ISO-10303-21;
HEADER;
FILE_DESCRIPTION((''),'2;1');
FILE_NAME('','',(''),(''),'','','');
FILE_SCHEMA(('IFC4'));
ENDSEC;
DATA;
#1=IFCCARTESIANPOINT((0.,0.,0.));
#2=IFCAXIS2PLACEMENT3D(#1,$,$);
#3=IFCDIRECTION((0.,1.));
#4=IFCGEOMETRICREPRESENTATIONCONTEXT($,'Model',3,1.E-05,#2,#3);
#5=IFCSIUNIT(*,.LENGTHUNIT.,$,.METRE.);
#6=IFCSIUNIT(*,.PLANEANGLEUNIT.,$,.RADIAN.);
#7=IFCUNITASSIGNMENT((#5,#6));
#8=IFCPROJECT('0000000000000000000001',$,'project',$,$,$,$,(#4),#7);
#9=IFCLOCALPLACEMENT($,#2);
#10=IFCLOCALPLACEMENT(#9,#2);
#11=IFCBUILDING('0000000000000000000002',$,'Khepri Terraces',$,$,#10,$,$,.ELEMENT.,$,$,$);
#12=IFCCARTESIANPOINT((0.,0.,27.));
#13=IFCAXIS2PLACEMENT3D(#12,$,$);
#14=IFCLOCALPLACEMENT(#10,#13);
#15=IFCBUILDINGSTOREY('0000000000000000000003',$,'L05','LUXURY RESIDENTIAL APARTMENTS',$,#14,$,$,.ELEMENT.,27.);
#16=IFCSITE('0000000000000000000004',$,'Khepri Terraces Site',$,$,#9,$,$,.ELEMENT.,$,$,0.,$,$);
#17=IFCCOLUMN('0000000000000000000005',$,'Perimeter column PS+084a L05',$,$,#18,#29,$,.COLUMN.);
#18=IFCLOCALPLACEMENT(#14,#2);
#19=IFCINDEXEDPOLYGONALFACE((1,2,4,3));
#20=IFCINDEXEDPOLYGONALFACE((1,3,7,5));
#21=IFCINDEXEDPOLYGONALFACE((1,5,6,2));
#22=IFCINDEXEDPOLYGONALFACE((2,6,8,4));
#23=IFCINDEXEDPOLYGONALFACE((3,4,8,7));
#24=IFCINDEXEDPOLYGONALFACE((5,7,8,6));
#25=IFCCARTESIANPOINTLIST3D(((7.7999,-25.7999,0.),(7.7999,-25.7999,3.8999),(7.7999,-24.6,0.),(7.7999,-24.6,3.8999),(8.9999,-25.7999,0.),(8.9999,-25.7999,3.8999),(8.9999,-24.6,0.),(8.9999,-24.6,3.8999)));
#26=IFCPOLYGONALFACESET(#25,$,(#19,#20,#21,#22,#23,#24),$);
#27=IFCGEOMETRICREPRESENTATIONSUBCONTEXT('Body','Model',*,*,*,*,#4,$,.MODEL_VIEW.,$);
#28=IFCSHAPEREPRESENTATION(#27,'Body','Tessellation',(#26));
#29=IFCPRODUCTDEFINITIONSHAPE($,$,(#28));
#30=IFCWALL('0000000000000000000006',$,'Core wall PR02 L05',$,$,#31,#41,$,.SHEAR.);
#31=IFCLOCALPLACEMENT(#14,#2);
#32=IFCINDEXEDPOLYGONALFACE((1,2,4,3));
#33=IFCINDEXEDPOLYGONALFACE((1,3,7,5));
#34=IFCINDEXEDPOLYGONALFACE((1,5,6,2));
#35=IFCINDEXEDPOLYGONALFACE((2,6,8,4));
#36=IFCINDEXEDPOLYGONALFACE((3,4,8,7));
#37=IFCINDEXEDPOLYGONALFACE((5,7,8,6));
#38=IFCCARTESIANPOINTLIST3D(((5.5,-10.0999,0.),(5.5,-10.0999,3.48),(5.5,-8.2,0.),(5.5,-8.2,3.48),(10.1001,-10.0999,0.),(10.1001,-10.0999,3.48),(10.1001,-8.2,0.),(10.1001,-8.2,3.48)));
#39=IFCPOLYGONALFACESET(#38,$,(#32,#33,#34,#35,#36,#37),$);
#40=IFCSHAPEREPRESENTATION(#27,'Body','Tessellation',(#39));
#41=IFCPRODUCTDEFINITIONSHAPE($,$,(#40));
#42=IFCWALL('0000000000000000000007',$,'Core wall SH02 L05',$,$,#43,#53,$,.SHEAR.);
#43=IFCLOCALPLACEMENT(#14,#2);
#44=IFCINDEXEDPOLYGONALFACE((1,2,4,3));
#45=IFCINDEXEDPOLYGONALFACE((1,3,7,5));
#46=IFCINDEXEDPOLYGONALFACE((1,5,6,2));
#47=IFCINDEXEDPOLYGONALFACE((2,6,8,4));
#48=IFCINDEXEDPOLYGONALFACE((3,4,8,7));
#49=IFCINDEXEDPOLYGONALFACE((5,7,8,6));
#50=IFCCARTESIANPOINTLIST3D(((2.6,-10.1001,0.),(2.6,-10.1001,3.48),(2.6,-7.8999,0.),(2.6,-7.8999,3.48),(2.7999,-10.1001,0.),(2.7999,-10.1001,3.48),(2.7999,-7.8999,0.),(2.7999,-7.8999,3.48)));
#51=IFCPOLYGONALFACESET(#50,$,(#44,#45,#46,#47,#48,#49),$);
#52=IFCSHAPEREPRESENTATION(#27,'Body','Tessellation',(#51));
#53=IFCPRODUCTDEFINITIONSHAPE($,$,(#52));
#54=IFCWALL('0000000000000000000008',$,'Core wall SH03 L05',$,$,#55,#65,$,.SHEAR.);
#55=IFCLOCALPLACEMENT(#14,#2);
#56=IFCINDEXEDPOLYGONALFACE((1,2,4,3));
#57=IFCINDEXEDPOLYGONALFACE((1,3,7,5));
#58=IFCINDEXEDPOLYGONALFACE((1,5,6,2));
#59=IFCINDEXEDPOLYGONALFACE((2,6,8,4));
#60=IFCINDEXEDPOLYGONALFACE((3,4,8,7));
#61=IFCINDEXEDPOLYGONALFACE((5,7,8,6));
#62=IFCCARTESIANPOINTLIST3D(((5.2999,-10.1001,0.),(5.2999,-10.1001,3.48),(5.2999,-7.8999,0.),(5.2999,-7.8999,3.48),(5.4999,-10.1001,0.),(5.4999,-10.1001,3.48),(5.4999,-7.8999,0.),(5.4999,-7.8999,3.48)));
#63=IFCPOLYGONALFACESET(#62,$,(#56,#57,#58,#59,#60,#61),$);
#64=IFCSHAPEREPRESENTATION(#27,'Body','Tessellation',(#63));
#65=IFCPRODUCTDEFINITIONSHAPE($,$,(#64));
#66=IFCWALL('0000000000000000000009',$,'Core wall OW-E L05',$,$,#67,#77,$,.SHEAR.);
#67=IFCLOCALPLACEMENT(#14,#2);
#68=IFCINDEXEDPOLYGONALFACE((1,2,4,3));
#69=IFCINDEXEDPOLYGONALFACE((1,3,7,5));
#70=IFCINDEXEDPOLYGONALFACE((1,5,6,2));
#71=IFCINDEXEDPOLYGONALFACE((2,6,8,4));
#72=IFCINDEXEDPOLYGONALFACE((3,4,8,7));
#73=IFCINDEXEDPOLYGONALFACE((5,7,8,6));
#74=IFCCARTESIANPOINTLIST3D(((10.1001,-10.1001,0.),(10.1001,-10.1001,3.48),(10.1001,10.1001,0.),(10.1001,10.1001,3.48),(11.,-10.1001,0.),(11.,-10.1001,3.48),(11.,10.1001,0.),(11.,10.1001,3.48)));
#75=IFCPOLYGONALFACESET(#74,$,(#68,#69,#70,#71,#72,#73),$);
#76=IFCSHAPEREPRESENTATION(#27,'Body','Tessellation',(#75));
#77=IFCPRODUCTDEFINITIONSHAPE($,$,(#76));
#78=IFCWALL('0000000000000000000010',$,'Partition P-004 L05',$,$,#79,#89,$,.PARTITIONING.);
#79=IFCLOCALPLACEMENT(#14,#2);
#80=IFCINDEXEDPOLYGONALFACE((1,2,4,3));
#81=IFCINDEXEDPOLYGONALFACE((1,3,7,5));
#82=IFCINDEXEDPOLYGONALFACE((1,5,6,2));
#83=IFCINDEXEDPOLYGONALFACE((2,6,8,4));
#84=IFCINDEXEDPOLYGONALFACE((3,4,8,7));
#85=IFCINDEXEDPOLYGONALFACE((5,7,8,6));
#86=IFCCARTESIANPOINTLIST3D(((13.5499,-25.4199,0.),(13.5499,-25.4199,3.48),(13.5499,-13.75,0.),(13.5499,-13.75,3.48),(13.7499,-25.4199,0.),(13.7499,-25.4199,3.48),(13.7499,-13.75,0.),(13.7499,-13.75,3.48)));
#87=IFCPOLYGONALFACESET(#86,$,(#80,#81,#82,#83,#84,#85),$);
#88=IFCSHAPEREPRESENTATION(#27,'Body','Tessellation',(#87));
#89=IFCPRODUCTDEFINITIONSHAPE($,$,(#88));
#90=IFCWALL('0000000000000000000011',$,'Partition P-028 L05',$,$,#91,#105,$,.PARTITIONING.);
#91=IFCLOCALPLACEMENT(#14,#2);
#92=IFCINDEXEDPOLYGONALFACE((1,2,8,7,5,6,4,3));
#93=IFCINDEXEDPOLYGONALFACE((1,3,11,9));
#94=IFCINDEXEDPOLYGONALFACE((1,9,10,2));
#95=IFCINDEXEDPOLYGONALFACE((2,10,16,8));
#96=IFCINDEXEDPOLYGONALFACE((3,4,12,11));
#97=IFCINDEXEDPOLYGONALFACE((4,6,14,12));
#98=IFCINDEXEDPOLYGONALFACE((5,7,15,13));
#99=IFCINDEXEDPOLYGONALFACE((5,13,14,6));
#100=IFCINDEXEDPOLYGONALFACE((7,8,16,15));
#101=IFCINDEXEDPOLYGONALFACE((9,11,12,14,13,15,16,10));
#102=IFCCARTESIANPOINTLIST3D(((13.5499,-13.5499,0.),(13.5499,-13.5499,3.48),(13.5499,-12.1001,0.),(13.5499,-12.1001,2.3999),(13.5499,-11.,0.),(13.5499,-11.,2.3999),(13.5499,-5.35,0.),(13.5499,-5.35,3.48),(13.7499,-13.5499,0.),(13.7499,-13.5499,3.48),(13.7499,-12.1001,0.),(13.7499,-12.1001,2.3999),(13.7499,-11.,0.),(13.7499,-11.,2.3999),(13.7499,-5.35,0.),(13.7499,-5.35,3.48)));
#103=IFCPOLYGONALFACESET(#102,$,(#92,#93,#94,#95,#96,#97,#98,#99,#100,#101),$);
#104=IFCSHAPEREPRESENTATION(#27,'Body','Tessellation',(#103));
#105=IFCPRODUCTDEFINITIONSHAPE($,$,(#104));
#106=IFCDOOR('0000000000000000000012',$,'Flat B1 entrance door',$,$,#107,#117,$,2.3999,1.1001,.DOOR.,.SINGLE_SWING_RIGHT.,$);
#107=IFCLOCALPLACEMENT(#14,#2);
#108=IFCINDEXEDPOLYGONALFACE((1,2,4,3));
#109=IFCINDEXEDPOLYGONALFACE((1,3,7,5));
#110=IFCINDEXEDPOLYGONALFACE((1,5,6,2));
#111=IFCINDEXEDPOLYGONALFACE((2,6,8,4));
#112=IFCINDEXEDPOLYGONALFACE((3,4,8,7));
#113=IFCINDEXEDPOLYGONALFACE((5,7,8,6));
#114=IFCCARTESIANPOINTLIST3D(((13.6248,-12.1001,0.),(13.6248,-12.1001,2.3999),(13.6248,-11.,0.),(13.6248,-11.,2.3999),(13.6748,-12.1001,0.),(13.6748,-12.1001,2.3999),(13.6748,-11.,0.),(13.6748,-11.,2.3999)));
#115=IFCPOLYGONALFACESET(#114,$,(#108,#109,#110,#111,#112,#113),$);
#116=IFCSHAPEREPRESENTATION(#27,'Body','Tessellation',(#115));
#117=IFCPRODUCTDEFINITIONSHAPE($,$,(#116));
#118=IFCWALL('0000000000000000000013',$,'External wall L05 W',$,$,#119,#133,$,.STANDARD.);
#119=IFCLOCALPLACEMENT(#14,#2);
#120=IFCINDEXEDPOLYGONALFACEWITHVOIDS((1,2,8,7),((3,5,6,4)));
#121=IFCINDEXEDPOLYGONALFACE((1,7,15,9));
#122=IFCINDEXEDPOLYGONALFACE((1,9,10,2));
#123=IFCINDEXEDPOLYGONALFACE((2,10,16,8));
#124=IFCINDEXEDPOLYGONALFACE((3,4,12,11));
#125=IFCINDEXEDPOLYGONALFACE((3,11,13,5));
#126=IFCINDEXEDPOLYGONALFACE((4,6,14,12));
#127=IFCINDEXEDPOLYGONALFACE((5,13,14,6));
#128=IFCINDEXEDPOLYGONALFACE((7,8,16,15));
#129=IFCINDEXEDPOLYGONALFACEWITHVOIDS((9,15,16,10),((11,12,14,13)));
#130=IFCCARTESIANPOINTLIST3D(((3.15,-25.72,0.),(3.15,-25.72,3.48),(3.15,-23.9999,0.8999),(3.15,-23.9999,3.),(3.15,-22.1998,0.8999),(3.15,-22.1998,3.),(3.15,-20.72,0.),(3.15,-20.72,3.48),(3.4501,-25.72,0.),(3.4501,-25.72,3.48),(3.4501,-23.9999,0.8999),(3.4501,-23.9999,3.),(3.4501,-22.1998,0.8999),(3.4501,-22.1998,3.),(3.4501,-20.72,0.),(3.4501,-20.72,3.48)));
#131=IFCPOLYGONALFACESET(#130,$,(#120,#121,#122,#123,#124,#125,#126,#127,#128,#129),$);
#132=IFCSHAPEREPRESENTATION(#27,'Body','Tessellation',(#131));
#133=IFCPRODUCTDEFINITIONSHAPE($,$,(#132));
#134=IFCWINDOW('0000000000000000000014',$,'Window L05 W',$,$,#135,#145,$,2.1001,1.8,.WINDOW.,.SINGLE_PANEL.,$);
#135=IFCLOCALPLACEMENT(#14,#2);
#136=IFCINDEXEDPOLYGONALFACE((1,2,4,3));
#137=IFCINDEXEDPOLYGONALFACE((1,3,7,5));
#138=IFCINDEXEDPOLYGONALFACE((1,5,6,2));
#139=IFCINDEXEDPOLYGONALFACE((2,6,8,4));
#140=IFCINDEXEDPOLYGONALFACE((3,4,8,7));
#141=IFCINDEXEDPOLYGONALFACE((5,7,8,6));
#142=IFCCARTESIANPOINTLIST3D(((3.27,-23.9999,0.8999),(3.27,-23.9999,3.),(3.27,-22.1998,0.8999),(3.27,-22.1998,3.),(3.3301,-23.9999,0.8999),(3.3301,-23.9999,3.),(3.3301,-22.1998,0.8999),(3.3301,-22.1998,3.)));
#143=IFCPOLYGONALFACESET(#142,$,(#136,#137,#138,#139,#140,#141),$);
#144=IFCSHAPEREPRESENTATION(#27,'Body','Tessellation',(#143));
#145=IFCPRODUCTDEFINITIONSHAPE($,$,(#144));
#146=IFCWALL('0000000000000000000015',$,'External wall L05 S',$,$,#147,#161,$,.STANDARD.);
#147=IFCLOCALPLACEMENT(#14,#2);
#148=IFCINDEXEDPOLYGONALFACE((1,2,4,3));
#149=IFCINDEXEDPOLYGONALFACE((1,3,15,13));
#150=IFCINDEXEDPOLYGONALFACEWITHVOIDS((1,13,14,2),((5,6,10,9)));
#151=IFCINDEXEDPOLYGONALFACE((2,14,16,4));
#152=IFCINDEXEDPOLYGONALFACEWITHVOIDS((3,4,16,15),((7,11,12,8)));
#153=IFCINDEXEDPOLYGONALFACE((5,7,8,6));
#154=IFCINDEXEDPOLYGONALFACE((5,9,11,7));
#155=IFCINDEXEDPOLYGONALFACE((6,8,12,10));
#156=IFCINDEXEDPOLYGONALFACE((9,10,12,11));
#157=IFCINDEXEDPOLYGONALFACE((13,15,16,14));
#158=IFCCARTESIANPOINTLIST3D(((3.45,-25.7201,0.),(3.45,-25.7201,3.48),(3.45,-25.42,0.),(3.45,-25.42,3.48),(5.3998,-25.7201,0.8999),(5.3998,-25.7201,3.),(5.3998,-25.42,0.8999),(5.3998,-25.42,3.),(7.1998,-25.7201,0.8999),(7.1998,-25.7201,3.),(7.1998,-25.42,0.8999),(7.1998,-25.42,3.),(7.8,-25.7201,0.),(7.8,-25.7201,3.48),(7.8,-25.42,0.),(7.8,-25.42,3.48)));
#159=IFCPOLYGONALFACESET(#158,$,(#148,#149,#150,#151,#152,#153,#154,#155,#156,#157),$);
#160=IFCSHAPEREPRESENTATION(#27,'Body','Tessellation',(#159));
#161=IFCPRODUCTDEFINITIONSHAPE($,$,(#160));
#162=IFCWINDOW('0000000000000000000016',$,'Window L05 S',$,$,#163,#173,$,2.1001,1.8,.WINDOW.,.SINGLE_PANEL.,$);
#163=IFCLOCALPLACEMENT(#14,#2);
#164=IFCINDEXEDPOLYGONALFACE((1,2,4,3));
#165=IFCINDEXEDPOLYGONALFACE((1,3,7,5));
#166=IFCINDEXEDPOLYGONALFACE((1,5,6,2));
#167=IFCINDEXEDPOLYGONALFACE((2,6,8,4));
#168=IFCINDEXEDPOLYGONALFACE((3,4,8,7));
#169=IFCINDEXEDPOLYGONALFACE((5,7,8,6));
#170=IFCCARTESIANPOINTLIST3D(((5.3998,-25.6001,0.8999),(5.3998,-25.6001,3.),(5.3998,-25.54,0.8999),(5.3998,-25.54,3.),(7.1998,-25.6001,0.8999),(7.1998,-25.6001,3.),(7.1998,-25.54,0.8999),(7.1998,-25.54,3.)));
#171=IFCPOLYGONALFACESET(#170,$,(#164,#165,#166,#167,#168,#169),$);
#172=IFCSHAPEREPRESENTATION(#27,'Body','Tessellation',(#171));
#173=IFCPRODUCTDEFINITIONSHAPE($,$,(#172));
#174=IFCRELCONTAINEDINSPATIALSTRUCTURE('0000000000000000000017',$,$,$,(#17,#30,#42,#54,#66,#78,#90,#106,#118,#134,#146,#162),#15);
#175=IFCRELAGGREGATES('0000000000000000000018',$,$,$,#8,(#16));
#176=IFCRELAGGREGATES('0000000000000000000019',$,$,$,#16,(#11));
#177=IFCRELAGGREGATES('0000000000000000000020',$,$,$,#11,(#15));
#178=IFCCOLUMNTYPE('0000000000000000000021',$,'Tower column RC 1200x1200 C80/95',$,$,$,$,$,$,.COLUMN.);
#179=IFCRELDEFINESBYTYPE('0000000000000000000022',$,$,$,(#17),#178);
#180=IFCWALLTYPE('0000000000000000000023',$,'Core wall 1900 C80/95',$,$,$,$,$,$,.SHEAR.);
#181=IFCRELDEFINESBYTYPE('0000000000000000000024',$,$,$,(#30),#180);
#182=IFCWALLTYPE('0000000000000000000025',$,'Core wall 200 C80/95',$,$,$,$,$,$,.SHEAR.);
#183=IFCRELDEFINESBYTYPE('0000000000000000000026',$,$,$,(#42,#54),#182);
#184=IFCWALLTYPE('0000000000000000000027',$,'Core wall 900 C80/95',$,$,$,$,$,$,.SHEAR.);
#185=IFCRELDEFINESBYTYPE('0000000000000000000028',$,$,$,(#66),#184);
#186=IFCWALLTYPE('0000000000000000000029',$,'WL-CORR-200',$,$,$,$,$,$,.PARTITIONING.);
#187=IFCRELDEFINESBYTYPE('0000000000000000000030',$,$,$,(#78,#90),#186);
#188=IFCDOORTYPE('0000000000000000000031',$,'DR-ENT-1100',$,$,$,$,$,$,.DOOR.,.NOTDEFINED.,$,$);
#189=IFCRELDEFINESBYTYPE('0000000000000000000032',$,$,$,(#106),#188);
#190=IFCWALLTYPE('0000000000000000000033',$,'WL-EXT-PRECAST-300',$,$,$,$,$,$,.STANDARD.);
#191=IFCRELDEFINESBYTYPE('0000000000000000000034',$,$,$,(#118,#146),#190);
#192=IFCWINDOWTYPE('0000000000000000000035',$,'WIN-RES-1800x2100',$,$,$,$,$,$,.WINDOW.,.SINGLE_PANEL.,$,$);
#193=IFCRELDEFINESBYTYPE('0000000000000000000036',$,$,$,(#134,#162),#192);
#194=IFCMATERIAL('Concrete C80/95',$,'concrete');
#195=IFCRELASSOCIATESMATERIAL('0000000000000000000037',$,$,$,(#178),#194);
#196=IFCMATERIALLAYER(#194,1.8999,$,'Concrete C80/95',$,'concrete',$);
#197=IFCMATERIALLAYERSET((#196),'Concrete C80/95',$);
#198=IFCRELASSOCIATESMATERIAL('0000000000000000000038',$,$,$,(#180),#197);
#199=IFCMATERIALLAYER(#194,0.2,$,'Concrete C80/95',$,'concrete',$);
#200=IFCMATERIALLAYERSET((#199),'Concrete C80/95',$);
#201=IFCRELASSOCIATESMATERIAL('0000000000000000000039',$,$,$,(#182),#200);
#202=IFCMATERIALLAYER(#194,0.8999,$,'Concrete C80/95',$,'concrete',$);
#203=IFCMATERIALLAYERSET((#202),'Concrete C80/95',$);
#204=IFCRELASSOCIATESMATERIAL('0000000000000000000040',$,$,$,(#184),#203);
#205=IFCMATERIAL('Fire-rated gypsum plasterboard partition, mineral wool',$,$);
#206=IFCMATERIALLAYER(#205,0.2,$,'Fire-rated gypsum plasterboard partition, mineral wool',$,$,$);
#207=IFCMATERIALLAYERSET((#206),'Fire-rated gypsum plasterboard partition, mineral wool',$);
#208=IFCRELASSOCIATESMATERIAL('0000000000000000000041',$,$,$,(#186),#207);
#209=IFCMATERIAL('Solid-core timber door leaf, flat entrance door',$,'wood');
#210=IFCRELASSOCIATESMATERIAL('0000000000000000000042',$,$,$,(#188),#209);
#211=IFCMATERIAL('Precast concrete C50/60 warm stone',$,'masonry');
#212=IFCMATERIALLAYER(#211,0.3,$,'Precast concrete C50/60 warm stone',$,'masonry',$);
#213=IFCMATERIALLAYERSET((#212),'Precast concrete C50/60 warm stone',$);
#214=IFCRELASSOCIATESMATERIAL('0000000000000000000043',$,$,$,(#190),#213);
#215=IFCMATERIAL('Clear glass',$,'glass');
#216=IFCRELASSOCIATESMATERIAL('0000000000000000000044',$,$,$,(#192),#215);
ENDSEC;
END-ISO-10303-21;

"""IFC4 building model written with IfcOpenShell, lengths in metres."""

from ifc_helpers import new_model, si_unit, direction, frame, frame_2d, origin, origin_2d, place, context, subcontext, project, spatial, rectangle, extrude, material, layer, layer_set, material_profile, profile_set, type_object, element, fill, save


model = new_model("IFC4")

# Units and contexts
model_context = context("Model", 3, precision=1e-05, world=origin(), true_north=direction((0.0, 1.0)))
body_context = subcontext(model_context, "Body", "Model", "MODEL_VIEW")
ifc_project = project(units=[si_unit("LENGTHUNIT", "METRE"), si_unit("PLANEANGLEUNIT", "RADIAN")], contexts=[model_context])

# Site, building, storey
site_placement = place(None, origin())
site = spatial("IfcSite", under=ifc_project, at=site_placement, Name="Khepri Terraces Site", CompositionType="ELEMENT", RefElevation=0.0)
building_placement = place(site_placement, origin())
building = spatial("IfcBuilding", under=site, at=building_placement, Name="Khepri Terraces", CompositionType="ELEMENT")
storey_placement = place(building_placement, frame((0.0, 0.0, 27.0)))
storey = spatial("IfcBuildingStorey", under=building, at=storey_placement, Name="L05", Description="LUXURY RESIDENTIAL APARTMENTS", CompositionType="ELEMENT", Elevation=27.0)

# Column
ifc_material_1 = material(Name="Concrete C80/95", Category="concrete")
ifc_material_profile = material_profile(ifc_material_1, rectangle(XDim=1.2, YDim=1.2, at=origin_2d()), Name="Concrete C80/95", Category="concrete")
ifc_profile_set = profile_set([ifc_material_profile], Name="Concrete C80/95")
column_type = type_object("IfcColumnType", Name="Tower column RC 1200x1200 C80/95", PredefinedType="COLUMN", material=ifc_profile_set)
column_placement = place(storey_placement, frame((8.3999, -25.2, 0.0), z_axis=(0.0, 0.0, 1.0), x_axis=(1.0, 0.0, 0.0)))
element("IfcColumn", 1, at=column_placement, inside=storey, type_object=column_type, Name="Perimeter column PS+084a L05", PredefinedType="COLUMN", context=body_context, shape_type="SweptSolid", body=[
    extrude(rectangle(XDim=1.2, YDim=1.2, at=origin_2d()), origin(), (0.0, 0.0, 1.0), 3.8999),
])

# Walls
ifc_layer_1 = layer(ifc_material_1, 1.8999, Name="Concrete C80/95", Category="concrete")
ifc_layer_set_1 = layer_set([ifc_layer_1], Name="Concrete C80/95")
wall_type_1 = type_object("IfcWallType", Name="Core wall 1900 C80/95", PredefinedType="SHEAR", material=ifc_layer_set_1)
wall_1_placement = place(storey_placement, frame((5.5, -9.1499, 0.0), z_axis=(0.0, 0.0, 1.0), x_axis=(1.0, 0.0, 0.0)))
element("IfcWall", 2, at=wall_1_placement, inside=storey, type_object=wall_type_1, Name="Core wall PR02 L05", PredefinedType="SHEAR", context=body_context, shape_type="SweptSolid", body=[
    extrude(rectangle(XDim=4.6001, YDim=1.8999, at=frame_2d((2.3, 0.0))), origin(), (0.0, 0.0, 1.0), 3.48),
])
ifc_layer_2 = layer(ifc_material_1, 0.2, Name="Concrete C80/95", Category="concrete")
ifc_layer_set_2 = layer_set([ifc_layer_2], Name="Concrete C80/95")
wall_type_2 = type_object("IfcWallType", Name="Core wall 200 C80/95", PredefinedType="SHEAR", material=ifc_layer_set_2)
for number, where, z_axis, x_axis, name in (
    (3, (2.7, -10.1001, 0.0), (0.0, 0.0, 1.0), (0.0, 1.0, 0.0), "Core wall SH02 L05"),
    (4, (5.3999, -10.1001, 0.0), (0.0, 0.0, 1.0), (0.0, 1.0, 0.0), "Core wall SH03 L05"),
):
    element("IfcWall", number, at=place(storey_placement, frame(where, z_axis=z_axis, x_axis=x_axis)), inside=storey, type_object=wall_type_2, Name=name, PredefinedType="SHEAR", context=body_context, shape_type="SweptSolid", body=[
        extrude(rectangle(XDim=2.2002, YDim=0.2, at=frame_2d((1.1001, 0.0))), origin(), (0.0, 0.0, 1.0), 3.48),
    ])
ifc_layer_3 = layer(ifc_material_1, 0.8999, Name="Concrete C80/95", Category="concrete")
ifc_layer_set_3 = layer_set([ifc_layer_3], Name="Concrete C80/95")
wall_type_3 = type_object("IfcWallType", Name="Core wall 900 C80/95", PredefinedType="SHEAR", material=ifc_layer_set_3)
wall_2_placement = place(storey_placement, frame((10.55, -10.1001, 0.0), z_axis=(0.0, 0.0, 1.0), x_axis=(0.0, 1.0, 0.0)))
element("IfcWall", 5, at=wall_2_placement, inside=storey, type_object=wall_type_3, Name="Core wall OW-E L05", PredefinedType="SHEAR", context=body_context, shape_type="SweptSolid", body=[
    extrude(rectangle(XDim=20.2002, YDim=0.8999, at=frame_2d((10.1001, 0.0))), origin(), (0.0, 0.0, 1.0), 3.48),
])
ifc_material_2 = material(Name="Fire-rated gypsum plasterboard partition, mineral wool")
ifc_layer_4 = layer(ifc_material_2, 0.2, Name="Fire-rated gypsum plasterboard partition, mineral wool")
ifc_layer_set_4 = layer_set([ifc_layer_4], Name="Fire-rated gypsum plasterboard partition, mineral wool")
wall_type_4 = type_object("IfcWallType", Name="WL-CORR-200", PredefinedType="PARTITIONING", material=ifc_layer_set_4)
wall_3_placement = place(storey_placement, frame((13.6499, -25.4199, 0.0), z_axis=(0.0, 0.0, 1.0), x_axis=(0.0, 1.0, 0.0)))
element("IfcWall", 6, at=wall_3_placement, inside=storey, type_object=wall_type_4, Name="Partition P-004 L05", PredefinedType="PARTITIONING", context=body_context, shape_type="SweptSolid", body=[
    extrude(rectangle(XDim=11.6699, YDim=0.2, at=frame_2d((5.835, 0.0))), origin(), (0.0, 0.0, 1.0), 3.48),
])

# Wall, opening, door
wall_4_placement = place(storey_placement, frame((13.6499, -13.55, 0.0), z_axis=(0.0, 0.0, 1.0), x_axis=(0.0, 1.0, 0.0)))
wall_4 = element("IfcWall", 7, at=wall_4_placement, inside=storey, type_object=wall_type_4, Name="Partition P-028 L05", PredefinedType="PARTITIONING", context=body_context, shape_type="SweptSolid", body=[
    extrude(rectangle(XDim=8.2, YDim=0.2, at=frame_2d((4.1001, 0.0))), origin(), (0.0, 0.0, 1.0), 3.48),
])
opening_1_placement = place(wall_4_placement, frame((1.45, 0.0, 0.0)))
opening_1 = element("IfcOpeningElement", 8, at=opening_1_placement, cuts=wall_4, PredefinedType="OPENING", context=body_context, shape_type="SweptSolid", body=[
    extrude(rectangle(XDim=1.1001, YDim=2.3999, at=frame_2d((0.55, 1.2))), frame((0.0, 0.1099, 0.0), z_axis=(0.0, -1.0, 0.0), x_axis=(1.0, 0.0, 0.0)), (0.0, 0.0, 1.0), 0.22),
])
ifc_material_3 = material(Name="Solid-core timber door leaf, flat entrance door", Category="wood")
door_type_1 = type_object("IfcDoorType", Name="DR-ENT-1100", OperationType="NOTDEFINED", PredefinedType="DOOR", material=ifc_material_3)
door_1_placement = place(opening_1_placement, frame((1.1001, 0.0, 0.0), z_axis=(0.0, 0.0, 1.0), x_axis=(-1.0, 0.0, 0.0)))
door_1 = element("IfcDoor", 9, at=door_1_placement, inside=storey, type_object=door_type_1, Name="Flat B1 entrance door", OperationType="SINGLE_SWING_RIGHT", OverallHeight=2.3999, OverallWidth=1.1001, PredefinedType="DOOR", context=body_context, shape_type="SweptSolid", body=[
    extrude(rectangle(XDim=1.1001, YDim=2.3999, at=frame_2d((0.55, 1.2))), frame((0.0, 0.0249, 0.0), z_axis=(0.0, -1.0, 0.0), x_axis=(1.0, 0.0, 0.0)), (0.0, 0.0, 1.0), 0.05),
])
fill(opening_1, door_1)

# Walls, openings, windows
ifc_material_4 = material(Name="Precast concrete C50/60 warm stone", Category="masonry")
ifc_layer_5 = layer(ifc_material_4, 0.3, Name="Precast concrete C50/60 warm stone", Category="masonry")
ifc_layer_set_5 = layer_set([ifc_layer_5], Name="Precast concrete C50/60 warm stone")
wall_type_5 = type_object("IfcWallType", Name="WL-EXT-PRECAST-300", PredefinedType="STANDARD", material=ifc_layer_set_5)
wall_5_placement = place(storey_placement, frame((3.3, -20.72, 0.0), z_axis=(0.0, 0.0, 1.0), x_axis=(0.0, -1.0, 0.0)))
wall_5 = element("IfcWall", 10, at=wall_5_placement, inside=storey, type_object=wall_type_5, Name="External wall L05 W", PredefinedType="STANDARD", context=body_context, shape_type="SweptSolid", body=[
    extrude(rectangle(XDim=5.0, YDim=0.3, at=frame_2d((2.5, 0.0))), origin(), (0.0, 0.0, 1.0), 3.48),
])
opening_2_placement = place(wall_5_placement, frame((1.48, 0.0, 0.8999)))
opening_2 = element("IfcOpeningElement", 11, at=opening_2_placement, cuts=wall_5, PredefinedType="OPENING", context=body_context, shape_type="SweptSolid", body=[
    extrude(rectangle(XDim=1.8, YDim=2.1001, at=frame_2d((0.8999, 1.05))), frame((0.0, 0.1602, 0.0), z_axis=(0.0, -1.0, 0.0), x_axis=(1.0, 0.0, 0.0)), (0.0, 0.0, 1.0), 0.3201),
])
ifc_material_5 = material(Name="Clear glass", Category="glass")
window_type_1 = type_object("IfcWindowType", Name="WIN-RES-1800x2100", PartitioningType="SINGLE_PANEL", PredefinedType="WINDOW", material=ifc_material_5)
window_1_placement = place(opening_2_placement, origin())
window_1 = element("IfcWindow", 12, at=window_1_placement, inside=storey, type_object=window_type_1, Name="Window L05 W", OverallHeight=2.1001, OverallWidth=1.8, PartitioningType="SINGLE_PANEL", PredefinedType="WINDOW", context=body_context, shape_type="SweptSolid", body=[
    extrude(rectangle(XDim=1.8, YDim=2.1001, at=frame_2d((0.8999, 1.05))), frame((0.0, 0.03, 0.0), z_axis=(0.0, -1.0, 0.0), x_axis=(1.0, 0.0, 0.0)), (0.0, 0.0, 1.0), 0.0601),
])
fill(opening_2, window_1)
wall_6_placement = place(storey_placement, frame((3.45, -25.5701, 0.0), z_axis=(0.0, 0.0, 1.0), x_axis=(1.0, 0.0, 0.0)))
wall_6 = element("IfcWall", 13, at=wall_6_placement, inside=storey, type_object=wall_type_5, Name="External wall L05 S", PredefinedType="STANDARD", context=body_context, shape_type="SweptSolid", body=[
    extrude(rectangle(XDim=4.3501, YDim=0.3, at=frame_2d((2.175, 0.0))), origin(), (0.0, 0.0, 1.0), 3.48),
])
opening_3_placement = place(wall_6_placement, frame((1.95, 0.0, 0.8999)))
opening_3 = element("IfcOpeningElement", 14, at=opening_3_placement, cuts=wall_6, PredefinedType="OPENING", context=body_context, shape_type="SweptSolid", body=[
    extrude(rectangle(XDim=1.8, YDim=2.1001, at=frame_2d((0.8999, 1.05))), frame((0.0, 0.1602, 0.0), z_axis=(0.0, -1.0, 0.0), x_axis=(1.0, 0.0, 0.0)), (0.0, 0.0, 1.0), 0.3201),
])
window_2_placement = place(opening_3_placement, origin())
window_2 = element("IfcWindow", 15, at=window_2_placement, inside=storey, type_object=window_type_1, Name="Window L05 S", OverallHeight=2.1001, OverallWidth=1.8, PartitioningType="SINGLE_PANEL", PredefinedType="WINDOW", context=body_context, shape_type="SweptSolid", body=[
    extrude(rectangle(XDim=1.8, YDim=2.1001, at=frame_2d((0.8999, 1.05))), frame((0.0, 0.03, 0.0), z_axis=(0.0, -1.0, 0.0), x_axis=(1.0, 0.0, 0.0)), (0.0, 0.0, 1.0), 0.0601),
])
fill(opening_3, window_2)

save(model, "model.ifc")
